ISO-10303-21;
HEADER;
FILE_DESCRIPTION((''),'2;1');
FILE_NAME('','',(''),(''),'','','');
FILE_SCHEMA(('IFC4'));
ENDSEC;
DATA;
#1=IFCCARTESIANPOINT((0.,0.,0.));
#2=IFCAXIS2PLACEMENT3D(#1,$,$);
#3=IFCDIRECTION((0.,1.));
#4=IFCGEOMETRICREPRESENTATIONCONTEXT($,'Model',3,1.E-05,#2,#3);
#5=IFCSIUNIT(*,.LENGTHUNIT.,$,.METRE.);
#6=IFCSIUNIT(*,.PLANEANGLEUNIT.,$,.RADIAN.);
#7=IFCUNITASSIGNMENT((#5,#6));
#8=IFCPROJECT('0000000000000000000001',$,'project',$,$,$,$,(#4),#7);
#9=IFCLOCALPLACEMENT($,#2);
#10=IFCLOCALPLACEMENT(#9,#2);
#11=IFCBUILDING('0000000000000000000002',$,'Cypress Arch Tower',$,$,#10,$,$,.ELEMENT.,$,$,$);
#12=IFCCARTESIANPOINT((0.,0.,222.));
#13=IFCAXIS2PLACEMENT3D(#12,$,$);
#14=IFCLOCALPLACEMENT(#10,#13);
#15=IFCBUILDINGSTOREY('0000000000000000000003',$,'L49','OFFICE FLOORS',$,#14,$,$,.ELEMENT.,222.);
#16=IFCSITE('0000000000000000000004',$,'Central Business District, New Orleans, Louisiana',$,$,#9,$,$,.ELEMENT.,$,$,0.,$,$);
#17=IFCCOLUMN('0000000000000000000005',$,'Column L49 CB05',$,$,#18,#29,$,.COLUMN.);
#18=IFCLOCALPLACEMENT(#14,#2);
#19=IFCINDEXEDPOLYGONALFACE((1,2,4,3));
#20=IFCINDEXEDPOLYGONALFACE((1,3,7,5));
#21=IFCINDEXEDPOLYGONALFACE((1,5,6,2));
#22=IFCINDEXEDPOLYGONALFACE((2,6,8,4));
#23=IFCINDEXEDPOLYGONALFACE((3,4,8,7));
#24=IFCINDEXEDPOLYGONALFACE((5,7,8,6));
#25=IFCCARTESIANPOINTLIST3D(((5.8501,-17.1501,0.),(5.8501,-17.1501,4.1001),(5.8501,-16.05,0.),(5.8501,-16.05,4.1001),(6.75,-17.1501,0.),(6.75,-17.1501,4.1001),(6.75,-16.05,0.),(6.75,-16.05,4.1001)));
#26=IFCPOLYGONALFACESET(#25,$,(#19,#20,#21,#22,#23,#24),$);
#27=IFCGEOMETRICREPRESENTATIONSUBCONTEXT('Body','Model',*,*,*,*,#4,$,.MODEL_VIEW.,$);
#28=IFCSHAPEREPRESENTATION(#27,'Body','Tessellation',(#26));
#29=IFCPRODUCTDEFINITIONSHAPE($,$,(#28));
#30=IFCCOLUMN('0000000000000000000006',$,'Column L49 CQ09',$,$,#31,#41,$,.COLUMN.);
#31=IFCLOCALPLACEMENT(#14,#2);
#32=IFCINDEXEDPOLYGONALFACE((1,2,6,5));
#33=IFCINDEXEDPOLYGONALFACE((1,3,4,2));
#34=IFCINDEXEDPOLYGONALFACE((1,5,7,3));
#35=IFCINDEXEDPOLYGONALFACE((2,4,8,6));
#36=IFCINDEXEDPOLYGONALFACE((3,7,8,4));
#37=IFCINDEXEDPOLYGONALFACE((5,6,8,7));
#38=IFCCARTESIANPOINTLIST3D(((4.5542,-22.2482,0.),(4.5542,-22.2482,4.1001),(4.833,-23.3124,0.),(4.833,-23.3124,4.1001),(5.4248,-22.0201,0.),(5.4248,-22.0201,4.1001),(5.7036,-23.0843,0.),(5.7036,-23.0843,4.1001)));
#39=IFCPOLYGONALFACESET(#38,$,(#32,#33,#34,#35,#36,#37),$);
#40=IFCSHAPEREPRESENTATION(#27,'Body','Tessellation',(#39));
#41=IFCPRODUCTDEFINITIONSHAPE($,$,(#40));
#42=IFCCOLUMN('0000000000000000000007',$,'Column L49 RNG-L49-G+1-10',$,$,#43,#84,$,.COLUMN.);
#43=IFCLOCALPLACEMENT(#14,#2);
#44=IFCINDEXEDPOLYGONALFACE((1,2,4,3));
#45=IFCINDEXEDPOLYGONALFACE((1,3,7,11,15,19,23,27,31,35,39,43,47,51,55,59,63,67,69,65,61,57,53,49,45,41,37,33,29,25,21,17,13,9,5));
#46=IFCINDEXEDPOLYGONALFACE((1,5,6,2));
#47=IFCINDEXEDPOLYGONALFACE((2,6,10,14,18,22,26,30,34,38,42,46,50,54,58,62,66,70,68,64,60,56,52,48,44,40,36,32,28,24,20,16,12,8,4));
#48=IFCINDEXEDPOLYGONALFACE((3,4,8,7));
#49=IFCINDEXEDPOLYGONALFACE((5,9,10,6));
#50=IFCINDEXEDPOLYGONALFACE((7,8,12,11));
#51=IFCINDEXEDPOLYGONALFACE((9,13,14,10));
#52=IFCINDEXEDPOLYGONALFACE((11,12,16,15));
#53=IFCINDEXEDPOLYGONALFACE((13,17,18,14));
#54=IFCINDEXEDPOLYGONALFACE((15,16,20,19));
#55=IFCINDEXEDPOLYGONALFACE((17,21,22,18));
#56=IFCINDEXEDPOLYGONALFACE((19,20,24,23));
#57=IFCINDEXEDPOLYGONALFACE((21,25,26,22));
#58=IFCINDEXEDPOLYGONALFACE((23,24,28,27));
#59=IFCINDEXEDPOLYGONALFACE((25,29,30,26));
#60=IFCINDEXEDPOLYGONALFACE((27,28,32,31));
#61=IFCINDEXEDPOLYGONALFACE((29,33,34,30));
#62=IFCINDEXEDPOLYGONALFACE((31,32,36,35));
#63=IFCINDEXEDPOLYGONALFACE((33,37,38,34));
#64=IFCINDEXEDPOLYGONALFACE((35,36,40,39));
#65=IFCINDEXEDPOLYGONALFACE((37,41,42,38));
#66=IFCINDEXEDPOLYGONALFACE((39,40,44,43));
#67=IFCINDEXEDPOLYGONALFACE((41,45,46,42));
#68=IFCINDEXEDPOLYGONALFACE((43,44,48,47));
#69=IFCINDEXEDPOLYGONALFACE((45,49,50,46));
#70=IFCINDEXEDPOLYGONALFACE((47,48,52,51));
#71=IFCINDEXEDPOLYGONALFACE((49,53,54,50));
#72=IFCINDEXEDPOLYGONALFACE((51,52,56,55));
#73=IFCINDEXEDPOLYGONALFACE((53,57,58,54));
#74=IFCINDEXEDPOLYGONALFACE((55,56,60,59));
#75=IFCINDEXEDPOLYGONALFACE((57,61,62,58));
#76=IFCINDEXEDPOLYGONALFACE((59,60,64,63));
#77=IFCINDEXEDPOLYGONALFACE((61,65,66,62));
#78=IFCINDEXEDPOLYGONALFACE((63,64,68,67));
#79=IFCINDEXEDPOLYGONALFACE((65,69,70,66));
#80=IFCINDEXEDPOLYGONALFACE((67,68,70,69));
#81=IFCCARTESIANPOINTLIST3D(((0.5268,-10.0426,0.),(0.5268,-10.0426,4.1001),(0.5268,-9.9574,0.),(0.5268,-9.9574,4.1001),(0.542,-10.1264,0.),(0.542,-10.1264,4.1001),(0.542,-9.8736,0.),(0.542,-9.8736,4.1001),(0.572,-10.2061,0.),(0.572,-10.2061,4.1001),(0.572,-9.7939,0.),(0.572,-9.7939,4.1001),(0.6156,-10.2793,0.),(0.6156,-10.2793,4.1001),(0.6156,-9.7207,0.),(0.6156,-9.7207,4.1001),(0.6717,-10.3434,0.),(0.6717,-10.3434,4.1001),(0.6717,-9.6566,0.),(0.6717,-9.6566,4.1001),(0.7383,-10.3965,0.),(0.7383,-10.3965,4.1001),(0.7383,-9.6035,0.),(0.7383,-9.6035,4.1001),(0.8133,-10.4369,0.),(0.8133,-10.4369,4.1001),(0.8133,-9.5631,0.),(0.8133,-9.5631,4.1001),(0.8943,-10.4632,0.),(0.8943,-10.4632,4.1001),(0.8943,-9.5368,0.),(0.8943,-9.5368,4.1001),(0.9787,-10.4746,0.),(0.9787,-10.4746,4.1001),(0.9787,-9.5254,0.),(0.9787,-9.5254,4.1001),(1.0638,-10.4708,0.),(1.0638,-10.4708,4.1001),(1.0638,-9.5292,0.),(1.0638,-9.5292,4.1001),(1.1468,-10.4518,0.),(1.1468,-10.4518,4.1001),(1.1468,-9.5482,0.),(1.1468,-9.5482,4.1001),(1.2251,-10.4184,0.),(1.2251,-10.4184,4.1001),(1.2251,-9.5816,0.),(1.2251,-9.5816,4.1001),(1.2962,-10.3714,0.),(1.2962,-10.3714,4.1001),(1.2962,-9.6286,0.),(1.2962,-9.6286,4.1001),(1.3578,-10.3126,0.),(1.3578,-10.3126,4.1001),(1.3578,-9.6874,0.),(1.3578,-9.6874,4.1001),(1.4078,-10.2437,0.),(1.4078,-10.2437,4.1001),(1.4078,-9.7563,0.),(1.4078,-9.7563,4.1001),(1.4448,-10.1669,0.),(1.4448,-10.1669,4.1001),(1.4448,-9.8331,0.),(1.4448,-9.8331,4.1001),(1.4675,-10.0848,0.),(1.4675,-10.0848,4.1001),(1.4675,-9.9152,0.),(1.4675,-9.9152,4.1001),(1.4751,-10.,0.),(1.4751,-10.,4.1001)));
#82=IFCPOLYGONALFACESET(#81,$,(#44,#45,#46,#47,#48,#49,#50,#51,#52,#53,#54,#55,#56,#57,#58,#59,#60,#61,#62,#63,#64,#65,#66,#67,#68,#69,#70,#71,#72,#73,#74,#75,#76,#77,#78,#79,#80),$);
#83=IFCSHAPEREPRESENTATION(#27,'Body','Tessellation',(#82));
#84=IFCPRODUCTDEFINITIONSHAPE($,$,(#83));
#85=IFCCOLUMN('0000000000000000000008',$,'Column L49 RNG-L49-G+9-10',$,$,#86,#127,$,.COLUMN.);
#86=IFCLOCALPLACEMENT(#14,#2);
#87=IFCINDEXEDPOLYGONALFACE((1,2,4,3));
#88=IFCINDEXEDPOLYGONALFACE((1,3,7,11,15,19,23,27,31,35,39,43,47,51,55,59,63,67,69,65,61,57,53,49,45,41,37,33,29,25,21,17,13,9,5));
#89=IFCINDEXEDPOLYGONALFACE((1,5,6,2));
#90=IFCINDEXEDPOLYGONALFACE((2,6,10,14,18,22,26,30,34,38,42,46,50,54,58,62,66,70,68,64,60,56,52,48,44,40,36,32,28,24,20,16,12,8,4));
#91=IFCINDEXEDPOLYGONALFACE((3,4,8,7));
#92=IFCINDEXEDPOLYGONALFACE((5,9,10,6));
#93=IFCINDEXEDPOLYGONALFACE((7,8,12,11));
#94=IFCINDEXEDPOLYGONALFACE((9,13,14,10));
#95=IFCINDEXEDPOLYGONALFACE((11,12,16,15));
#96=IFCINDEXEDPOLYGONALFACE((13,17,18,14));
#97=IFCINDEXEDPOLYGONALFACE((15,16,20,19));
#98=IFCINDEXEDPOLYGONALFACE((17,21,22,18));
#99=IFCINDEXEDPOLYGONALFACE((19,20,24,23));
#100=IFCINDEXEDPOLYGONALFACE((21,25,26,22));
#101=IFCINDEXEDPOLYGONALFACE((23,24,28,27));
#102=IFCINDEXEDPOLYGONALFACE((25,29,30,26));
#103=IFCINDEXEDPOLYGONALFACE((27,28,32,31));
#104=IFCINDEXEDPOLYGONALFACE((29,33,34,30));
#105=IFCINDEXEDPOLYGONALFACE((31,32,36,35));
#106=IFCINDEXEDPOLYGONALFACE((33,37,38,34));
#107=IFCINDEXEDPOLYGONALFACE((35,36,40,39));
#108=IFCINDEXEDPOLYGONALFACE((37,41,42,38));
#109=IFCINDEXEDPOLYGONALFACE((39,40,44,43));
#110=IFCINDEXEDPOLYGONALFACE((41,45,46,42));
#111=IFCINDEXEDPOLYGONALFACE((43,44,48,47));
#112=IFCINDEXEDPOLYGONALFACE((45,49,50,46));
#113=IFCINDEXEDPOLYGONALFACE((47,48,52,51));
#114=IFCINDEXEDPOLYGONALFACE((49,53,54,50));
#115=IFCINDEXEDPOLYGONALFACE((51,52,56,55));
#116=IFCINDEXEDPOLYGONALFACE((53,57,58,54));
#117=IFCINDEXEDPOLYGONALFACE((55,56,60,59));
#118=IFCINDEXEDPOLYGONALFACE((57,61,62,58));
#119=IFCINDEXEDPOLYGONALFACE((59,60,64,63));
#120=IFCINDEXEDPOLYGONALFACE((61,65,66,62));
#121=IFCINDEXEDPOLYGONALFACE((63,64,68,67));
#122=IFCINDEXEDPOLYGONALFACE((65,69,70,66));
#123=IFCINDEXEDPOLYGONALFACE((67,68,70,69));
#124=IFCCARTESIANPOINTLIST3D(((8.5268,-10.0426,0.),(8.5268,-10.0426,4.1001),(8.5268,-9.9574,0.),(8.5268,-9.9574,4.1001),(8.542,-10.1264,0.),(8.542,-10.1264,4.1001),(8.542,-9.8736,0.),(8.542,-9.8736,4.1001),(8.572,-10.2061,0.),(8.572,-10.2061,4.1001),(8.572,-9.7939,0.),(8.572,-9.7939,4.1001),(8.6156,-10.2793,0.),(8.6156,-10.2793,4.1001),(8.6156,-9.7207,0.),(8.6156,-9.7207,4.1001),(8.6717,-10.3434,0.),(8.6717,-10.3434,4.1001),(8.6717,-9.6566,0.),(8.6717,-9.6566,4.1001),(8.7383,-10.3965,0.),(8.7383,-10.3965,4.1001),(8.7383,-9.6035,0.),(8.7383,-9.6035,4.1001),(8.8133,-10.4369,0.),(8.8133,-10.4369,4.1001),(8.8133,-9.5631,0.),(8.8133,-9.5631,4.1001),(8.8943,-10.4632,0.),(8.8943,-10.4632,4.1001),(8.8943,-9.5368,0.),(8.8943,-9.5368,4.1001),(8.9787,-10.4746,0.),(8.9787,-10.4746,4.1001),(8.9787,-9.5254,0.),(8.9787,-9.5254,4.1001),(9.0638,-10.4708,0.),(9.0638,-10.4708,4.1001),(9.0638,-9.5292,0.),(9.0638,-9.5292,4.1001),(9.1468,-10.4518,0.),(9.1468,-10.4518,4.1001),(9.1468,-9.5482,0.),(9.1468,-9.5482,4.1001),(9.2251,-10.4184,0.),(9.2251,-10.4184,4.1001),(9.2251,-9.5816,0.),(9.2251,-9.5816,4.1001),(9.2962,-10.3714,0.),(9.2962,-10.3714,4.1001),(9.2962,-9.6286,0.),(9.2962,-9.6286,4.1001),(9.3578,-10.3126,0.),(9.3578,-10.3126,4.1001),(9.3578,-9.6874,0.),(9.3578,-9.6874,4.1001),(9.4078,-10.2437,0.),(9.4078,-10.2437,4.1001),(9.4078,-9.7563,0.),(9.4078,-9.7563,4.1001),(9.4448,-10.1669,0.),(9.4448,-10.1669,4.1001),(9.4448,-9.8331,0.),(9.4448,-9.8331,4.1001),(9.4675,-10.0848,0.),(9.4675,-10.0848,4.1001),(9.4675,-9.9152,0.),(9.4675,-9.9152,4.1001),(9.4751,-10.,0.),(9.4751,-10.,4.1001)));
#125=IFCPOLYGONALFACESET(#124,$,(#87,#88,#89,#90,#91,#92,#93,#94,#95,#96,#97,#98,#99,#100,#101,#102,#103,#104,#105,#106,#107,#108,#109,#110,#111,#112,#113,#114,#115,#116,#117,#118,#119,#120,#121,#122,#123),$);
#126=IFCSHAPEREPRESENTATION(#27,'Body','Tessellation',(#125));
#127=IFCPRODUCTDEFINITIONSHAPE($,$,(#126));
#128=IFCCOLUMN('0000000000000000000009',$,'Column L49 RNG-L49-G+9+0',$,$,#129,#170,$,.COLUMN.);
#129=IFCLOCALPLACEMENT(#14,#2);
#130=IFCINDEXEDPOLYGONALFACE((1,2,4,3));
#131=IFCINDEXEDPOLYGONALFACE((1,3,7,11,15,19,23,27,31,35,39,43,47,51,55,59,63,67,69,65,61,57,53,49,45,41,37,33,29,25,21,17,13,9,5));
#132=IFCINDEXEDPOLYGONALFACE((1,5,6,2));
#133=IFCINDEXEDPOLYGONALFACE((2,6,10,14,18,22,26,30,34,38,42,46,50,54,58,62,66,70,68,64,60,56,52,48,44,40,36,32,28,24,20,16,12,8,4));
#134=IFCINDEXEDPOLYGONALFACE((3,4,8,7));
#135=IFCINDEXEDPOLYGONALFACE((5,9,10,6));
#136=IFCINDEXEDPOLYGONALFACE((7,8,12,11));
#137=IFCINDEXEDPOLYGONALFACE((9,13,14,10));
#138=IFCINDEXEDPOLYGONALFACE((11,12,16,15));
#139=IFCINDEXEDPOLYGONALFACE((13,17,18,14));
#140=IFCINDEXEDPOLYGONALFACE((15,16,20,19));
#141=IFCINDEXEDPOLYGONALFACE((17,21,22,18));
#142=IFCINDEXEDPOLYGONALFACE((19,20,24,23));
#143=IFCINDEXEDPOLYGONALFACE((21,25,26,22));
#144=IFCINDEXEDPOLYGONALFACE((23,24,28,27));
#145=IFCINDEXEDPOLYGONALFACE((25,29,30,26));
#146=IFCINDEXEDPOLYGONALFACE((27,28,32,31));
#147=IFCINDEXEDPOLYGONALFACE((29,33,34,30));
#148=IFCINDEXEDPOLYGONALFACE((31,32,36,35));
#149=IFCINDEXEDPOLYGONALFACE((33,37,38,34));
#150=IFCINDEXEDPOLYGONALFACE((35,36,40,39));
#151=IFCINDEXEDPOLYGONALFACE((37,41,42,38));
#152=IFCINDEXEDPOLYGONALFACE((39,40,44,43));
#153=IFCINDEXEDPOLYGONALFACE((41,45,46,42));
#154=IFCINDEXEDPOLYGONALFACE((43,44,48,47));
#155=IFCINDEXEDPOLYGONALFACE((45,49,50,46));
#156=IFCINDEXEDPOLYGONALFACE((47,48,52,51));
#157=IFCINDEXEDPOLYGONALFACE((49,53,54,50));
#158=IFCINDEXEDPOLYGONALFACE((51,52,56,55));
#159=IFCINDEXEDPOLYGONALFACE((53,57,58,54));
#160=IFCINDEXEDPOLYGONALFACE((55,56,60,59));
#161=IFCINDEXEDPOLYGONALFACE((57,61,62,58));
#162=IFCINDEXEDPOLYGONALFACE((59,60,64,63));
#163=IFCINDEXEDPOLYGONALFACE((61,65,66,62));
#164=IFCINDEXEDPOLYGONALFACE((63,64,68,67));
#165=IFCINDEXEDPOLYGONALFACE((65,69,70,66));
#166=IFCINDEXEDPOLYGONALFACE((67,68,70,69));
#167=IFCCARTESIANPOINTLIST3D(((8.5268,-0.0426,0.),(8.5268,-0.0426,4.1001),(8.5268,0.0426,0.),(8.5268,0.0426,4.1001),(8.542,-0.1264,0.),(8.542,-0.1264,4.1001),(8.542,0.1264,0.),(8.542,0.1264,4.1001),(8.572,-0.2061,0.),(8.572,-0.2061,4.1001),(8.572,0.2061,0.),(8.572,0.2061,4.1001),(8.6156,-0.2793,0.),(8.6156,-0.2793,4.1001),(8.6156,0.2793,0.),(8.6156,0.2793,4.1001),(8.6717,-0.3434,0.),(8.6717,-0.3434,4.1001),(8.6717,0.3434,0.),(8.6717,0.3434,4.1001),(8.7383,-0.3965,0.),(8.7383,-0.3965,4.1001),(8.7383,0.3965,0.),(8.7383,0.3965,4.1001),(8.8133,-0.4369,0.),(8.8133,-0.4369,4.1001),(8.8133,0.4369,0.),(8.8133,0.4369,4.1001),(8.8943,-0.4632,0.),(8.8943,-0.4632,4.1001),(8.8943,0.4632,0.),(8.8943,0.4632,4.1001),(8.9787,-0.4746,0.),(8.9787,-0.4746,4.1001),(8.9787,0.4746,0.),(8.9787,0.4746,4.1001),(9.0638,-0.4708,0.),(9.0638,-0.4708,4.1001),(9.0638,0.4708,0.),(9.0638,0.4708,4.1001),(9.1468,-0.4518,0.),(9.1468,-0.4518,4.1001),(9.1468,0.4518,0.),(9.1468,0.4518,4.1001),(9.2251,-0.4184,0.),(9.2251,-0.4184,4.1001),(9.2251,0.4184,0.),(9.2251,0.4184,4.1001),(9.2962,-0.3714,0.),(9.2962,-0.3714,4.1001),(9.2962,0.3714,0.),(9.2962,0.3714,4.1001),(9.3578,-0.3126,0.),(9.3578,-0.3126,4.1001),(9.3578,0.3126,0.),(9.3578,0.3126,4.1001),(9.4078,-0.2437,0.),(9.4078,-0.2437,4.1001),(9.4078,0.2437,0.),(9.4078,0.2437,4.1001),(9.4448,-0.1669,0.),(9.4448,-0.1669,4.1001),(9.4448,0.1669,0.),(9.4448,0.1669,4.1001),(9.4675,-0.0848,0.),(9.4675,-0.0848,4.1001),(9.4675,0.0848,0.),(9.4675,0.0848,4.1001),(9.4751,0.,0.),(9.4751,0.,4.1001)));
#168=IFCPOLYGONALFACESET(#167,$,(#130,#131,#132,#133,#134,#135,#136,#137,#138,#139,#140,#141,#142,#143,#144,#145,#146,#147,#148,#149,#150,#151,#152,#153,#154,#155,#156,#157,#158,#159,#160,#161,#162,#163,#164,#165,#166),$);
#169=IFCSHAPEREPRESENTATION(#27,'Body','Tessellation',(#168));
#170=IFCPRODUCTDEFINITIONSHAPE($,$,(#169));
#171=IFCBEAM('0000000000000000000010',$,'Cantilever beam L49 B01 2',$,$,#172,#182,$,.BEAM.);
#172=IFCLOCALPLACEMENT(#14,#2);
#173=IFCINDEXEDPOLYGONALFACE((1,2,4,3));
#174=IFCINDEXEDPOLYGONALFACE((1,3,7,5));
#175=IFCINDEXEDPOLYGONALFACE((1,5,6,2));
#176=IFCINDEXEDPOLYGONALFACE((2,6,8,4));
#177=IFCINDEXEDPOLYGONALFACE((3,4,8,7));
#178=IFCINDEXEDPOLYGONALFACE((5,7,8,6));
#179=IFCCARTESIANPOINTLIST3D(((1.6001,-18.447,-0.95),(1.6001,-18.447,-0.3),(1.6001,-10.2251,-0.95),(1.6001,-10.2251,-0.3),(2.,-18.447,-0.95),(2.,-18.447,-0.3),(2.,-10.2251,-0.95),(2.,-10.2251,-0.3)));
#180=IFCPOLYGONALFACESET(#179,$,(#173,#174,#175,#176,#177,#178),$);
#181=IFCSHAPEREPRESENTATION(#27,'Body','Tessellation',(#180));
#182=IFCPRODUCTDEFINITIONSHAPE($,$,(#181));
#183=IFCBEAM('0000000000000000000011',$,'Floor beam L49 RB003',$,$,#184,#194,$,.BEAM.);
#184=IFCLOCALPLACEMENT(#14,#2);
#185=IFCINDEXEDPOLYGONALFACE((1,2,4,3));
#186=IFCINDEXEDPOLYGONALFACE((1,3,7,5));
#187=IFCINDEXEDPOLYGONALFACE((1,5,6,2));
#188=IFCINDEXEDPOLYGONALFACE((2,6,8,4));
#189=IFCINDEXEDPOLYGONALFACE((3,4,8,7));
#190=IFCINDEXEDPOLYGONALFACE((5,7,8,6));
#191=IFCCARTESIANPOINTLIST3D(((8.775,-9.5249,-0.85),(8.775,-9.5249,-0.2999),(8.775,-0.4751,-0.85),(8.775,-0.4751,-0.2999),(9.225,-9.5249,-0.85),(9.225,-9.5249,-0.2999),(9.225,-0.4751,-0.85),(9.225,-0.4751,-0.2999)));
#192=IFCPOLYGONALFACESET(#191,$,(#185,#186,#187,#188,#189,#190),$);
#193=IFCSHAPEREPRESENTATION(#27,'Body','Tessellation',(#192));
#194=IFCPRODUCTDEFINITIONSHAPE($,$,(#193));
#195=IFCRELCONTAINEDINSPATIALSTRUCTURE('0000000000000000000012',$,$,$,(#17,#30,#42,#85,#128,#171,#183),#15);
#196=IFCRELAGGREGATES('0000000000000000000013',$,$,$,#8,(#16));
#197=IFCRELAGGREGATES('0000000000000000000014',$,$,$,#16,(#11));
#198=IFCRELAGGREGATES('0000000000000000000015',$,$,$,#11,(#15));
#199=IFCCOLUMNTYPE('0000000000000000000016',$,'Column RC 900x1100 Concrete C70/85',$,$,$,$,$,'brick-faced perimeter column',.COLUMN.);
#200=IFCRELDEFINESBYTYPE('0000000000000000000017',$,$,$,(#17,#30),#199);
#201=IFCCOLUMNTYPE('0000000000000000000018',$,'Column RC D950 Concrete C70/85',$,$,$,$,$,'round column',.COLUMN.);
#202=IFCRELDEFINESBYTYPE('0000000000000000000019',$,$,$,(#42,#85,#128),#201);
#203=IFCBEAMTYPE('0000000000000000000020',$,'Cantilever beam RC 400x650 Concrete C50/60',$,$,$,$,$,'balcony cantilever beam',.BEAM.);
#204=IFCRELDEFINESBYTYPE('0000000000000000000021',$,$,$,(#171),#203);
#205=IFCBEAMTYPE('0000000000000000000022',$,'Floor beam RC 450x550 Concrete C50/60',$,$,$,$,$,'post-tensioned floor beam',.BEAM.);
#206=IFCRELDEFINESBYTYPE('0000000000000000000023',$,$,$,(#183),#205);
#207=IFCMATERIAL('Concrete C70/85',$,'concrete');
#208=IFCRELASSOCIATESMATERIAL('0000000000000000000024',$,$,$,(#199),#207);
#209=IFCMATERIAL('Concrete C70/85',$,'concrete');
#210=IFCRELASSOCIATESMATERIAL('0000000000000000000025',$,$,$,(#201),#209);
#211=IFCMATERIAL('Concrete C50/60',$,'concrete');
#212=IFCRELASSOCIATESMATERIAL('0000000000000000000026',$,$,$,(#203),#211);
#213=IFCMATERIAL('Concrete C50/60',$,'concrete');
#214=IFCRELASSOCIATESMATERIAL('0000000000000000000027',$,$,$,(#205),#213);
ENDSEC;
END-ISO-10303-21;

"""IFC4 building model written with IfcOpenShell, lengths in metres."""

from ifc_helpers import new_model, si_unit, direction, frame, origin, origin_2d, place, context, subcontext, project, spatial, rectangle, circle, extrude, material, material_profile, profile_set, type_object, element, save


model = new_model("IFC4")

# Units and contexts
model_context = context("Model", 3, precision=1e-05, world=origin(), true_north=direction((0.0, 1.0)))
body_context = subcontext(model_context, "Body", "Model", "MODEL_VIEW")
ifc_project = project(units=[si_unit("LENGTHUNIT", "METRE"), si_unit("PLANEANGLEUNIT", "RADIAN")], contexts=[model_context])

# Site, building, storey
site_placement = place(None, origin())
site = spatial("IfcSite", under=ifc_project, at=site_placement, Name="Central Business District, New Orleans, Louisiana", CompositionType="ELEMENT", RefElevation=0.0)
building_placement = place(site_placement, origin())
building = spatial("IfcBuilding", under=site, at=building_placement, Name="Cypress Arch Tower", CompositionType="ELEMENT")
storey_placement = place(building_placement, frame((0.0, 0.0, 222.0)))
storey = spatial("IfcBuildingStorey", under=building, at=storey_placement, Name="L49", Description="OFFICE FLOORS", CompositionType="ELEMENT", Elevation=222.0)

# Columns
ifc_material_1 = material(Name="Concrete C70/85", Category="concrete")
ifc_material_profile_1 = material_profile(ifc_material_1, rectangle(XDim=0.8999, YDim=1.1001, at=origin_2d()), Name="RC 900x1100")
ifc_profile_set_1 = profile_set([ifc_material_profile_1], Name="Concrete C70/85")
column_type_1 = type_object("IfcColumnType", Name="Column RC 900x1100 Concrete C70/85", ElementType="brick-faced perimeter column", PredefinedType="COLUMN", material=ifc_profile_set_1)
for number, where, z_axis, x_axis, name in (
    (1, (6.3, -16.6001, 0.0), (0.0, 0.0, 1.0), (1.0, 0.0, 0.0), "Column L49 CB05"),
    (2, (5.1289, -22.6663, 0.0), (0.0, 0.0, 1.0), (0.967356, 0.253422, 0.0), "Column L49 CQ09"),
):
    element("IfcColumn", number, at=place(storey_placement, frame(where, z_axis=z_axis, x_axis=x_axis)), inside=storey, type_object=column_type_1, Name=name, PredefinedType="COLUMN", context=body_context, shape_type="SweptSolid", body=[
        extrude(rectangle(XDim=0.8999, YDim=1.1001, at=origin_2d()), origin(), (0.0, 0.0, 1.0), 4.1001),
    ])
ifc_material_2 = material(Name="Concrete C70/85", Category="concrete")
ifc_material_profile_2 = material_profile(ifc_material_2, circle(Radius=0.4751, at=origin_2d()), Name="RC D950")
ifc_profile_set_2 = profile_set([ifc_material_profile_2], Name="Concrete C70/85")
column_type_2 = type_object("IfcColumnType", Name="Column RC D950 Concrete C70/85", ElementType="round column", PredefinedType="COLUMN", material=ifc_profile_set_2)
for number, where, z_axis, x_axis, name in (
    (3, (1.0, -10.0, 0.0), (0.0, 0.0, 1.0), (1.0, 0.0, 0.0), "Column L49 RNG-L49-G+1-10"),
    (4, (9.0, -10.0, 0.0), (0.0, 0.0, 1.0), (1.0, 0.0, 0.0), "Column L49 RNG-L49-G+9-10"),
    (5, (9.0, 0.0, 0.0), (0.0, 0.0, 1.0), (1.0, 0.0, 0.0), "Column L49 RNG-L49-G+9+0"),
):
    element("IfcColumn", number, at=place(storey_placement, frame(where, z_axis=z_axis, x_axis=x_axis)), inside=storey, type_object=column_type_2, Name=name, PredefinedType="COLUMN", context=body_context, shape_type="SweptSolid", body=[
        extrude(circle(Radius=0.4751, at=origin_2d()), origin(), (0.0, 0.0, 1.0), 4.1001),
    ])

# Beams
ifc_material_3 = material(Name="Concrete C50/60", Category="concrete")
ifc_material_profile_3 = material_profile(ifc_material_3, rectangle(XDim=0.3999, YDim=0.6499, at=origin_2d()), Name="RC 400x650")
ifc_profile_set_3 = profile_set([ifc_material_profile_3], Name="Concrete C50/60")
beam_type_1 = type_object("IfcBeamType", Name="Cantilever beam RC 400x650 Concrete C50/60", ElementType="balcony cantilever beam", PredefinedType="BEAM", material=ifc_profile_set_3)
beam_1_placement = place(storey_placement, frame((1.8, -10.2251, -0.625), z_axis=(0.0, -1.0, 0.0), x_axis=(1.0, 0.0, 0.0)))
element("IfcBeam", 6, at=beam_1_placement, inside=storey, type_object=beam_type_1, Name="Cantilever beam L49 B01 2", PredefinedType="BEAM", context=body_context, shape_type="SweptSolid", body=[
    extrude(rectangle(XDim=0.3999, YDim=0.6499, at=origin_2d()), origin(), (0.0, 0.0, 1.0), 8.2219),
])
ifc_material_4 = material(Name="Concrete C50/60", Category="concrete")
ifc_material_profile_4 = material_profile(ifc_material_4, rectangle(XDim=0.45, YDim=0.55, at=origin_2d()), Name="RC 450x550")
ifc_profile_set_4 = profile_set([ifc_material_profile_4], Name="Concrete C50/60")
beam_type_2 = type_object("IfcBeamType", Name="Floor beam RC 450x550 Concrete C50/60", ElementType="post-tensioned floor beam", PredefinedType="BEAM", material=ifc_profile_set_4)
beam_2_placement = place(storey_placement, frame((9.0, -9.5249, -0.575), z_axis=(0.0, 1.0, 0.0), x_axis=(-1.0, 0.0, 0.0)))
element("IfcBeam", 7, at=beam_2_placement, inside=storey, type_object=beam_type_2, Name="Floor beam L49 RB003", PredefinedType="BEAM", context=body_context, shape_type="SweptSolid", body=[
    extrude(rectangle(XDim=0.45, YDim=0.55, at=origin_2d()), origin(), (0.0, 0.0, 1.0), 9.0498),
])

save(model, "model.ifc")
